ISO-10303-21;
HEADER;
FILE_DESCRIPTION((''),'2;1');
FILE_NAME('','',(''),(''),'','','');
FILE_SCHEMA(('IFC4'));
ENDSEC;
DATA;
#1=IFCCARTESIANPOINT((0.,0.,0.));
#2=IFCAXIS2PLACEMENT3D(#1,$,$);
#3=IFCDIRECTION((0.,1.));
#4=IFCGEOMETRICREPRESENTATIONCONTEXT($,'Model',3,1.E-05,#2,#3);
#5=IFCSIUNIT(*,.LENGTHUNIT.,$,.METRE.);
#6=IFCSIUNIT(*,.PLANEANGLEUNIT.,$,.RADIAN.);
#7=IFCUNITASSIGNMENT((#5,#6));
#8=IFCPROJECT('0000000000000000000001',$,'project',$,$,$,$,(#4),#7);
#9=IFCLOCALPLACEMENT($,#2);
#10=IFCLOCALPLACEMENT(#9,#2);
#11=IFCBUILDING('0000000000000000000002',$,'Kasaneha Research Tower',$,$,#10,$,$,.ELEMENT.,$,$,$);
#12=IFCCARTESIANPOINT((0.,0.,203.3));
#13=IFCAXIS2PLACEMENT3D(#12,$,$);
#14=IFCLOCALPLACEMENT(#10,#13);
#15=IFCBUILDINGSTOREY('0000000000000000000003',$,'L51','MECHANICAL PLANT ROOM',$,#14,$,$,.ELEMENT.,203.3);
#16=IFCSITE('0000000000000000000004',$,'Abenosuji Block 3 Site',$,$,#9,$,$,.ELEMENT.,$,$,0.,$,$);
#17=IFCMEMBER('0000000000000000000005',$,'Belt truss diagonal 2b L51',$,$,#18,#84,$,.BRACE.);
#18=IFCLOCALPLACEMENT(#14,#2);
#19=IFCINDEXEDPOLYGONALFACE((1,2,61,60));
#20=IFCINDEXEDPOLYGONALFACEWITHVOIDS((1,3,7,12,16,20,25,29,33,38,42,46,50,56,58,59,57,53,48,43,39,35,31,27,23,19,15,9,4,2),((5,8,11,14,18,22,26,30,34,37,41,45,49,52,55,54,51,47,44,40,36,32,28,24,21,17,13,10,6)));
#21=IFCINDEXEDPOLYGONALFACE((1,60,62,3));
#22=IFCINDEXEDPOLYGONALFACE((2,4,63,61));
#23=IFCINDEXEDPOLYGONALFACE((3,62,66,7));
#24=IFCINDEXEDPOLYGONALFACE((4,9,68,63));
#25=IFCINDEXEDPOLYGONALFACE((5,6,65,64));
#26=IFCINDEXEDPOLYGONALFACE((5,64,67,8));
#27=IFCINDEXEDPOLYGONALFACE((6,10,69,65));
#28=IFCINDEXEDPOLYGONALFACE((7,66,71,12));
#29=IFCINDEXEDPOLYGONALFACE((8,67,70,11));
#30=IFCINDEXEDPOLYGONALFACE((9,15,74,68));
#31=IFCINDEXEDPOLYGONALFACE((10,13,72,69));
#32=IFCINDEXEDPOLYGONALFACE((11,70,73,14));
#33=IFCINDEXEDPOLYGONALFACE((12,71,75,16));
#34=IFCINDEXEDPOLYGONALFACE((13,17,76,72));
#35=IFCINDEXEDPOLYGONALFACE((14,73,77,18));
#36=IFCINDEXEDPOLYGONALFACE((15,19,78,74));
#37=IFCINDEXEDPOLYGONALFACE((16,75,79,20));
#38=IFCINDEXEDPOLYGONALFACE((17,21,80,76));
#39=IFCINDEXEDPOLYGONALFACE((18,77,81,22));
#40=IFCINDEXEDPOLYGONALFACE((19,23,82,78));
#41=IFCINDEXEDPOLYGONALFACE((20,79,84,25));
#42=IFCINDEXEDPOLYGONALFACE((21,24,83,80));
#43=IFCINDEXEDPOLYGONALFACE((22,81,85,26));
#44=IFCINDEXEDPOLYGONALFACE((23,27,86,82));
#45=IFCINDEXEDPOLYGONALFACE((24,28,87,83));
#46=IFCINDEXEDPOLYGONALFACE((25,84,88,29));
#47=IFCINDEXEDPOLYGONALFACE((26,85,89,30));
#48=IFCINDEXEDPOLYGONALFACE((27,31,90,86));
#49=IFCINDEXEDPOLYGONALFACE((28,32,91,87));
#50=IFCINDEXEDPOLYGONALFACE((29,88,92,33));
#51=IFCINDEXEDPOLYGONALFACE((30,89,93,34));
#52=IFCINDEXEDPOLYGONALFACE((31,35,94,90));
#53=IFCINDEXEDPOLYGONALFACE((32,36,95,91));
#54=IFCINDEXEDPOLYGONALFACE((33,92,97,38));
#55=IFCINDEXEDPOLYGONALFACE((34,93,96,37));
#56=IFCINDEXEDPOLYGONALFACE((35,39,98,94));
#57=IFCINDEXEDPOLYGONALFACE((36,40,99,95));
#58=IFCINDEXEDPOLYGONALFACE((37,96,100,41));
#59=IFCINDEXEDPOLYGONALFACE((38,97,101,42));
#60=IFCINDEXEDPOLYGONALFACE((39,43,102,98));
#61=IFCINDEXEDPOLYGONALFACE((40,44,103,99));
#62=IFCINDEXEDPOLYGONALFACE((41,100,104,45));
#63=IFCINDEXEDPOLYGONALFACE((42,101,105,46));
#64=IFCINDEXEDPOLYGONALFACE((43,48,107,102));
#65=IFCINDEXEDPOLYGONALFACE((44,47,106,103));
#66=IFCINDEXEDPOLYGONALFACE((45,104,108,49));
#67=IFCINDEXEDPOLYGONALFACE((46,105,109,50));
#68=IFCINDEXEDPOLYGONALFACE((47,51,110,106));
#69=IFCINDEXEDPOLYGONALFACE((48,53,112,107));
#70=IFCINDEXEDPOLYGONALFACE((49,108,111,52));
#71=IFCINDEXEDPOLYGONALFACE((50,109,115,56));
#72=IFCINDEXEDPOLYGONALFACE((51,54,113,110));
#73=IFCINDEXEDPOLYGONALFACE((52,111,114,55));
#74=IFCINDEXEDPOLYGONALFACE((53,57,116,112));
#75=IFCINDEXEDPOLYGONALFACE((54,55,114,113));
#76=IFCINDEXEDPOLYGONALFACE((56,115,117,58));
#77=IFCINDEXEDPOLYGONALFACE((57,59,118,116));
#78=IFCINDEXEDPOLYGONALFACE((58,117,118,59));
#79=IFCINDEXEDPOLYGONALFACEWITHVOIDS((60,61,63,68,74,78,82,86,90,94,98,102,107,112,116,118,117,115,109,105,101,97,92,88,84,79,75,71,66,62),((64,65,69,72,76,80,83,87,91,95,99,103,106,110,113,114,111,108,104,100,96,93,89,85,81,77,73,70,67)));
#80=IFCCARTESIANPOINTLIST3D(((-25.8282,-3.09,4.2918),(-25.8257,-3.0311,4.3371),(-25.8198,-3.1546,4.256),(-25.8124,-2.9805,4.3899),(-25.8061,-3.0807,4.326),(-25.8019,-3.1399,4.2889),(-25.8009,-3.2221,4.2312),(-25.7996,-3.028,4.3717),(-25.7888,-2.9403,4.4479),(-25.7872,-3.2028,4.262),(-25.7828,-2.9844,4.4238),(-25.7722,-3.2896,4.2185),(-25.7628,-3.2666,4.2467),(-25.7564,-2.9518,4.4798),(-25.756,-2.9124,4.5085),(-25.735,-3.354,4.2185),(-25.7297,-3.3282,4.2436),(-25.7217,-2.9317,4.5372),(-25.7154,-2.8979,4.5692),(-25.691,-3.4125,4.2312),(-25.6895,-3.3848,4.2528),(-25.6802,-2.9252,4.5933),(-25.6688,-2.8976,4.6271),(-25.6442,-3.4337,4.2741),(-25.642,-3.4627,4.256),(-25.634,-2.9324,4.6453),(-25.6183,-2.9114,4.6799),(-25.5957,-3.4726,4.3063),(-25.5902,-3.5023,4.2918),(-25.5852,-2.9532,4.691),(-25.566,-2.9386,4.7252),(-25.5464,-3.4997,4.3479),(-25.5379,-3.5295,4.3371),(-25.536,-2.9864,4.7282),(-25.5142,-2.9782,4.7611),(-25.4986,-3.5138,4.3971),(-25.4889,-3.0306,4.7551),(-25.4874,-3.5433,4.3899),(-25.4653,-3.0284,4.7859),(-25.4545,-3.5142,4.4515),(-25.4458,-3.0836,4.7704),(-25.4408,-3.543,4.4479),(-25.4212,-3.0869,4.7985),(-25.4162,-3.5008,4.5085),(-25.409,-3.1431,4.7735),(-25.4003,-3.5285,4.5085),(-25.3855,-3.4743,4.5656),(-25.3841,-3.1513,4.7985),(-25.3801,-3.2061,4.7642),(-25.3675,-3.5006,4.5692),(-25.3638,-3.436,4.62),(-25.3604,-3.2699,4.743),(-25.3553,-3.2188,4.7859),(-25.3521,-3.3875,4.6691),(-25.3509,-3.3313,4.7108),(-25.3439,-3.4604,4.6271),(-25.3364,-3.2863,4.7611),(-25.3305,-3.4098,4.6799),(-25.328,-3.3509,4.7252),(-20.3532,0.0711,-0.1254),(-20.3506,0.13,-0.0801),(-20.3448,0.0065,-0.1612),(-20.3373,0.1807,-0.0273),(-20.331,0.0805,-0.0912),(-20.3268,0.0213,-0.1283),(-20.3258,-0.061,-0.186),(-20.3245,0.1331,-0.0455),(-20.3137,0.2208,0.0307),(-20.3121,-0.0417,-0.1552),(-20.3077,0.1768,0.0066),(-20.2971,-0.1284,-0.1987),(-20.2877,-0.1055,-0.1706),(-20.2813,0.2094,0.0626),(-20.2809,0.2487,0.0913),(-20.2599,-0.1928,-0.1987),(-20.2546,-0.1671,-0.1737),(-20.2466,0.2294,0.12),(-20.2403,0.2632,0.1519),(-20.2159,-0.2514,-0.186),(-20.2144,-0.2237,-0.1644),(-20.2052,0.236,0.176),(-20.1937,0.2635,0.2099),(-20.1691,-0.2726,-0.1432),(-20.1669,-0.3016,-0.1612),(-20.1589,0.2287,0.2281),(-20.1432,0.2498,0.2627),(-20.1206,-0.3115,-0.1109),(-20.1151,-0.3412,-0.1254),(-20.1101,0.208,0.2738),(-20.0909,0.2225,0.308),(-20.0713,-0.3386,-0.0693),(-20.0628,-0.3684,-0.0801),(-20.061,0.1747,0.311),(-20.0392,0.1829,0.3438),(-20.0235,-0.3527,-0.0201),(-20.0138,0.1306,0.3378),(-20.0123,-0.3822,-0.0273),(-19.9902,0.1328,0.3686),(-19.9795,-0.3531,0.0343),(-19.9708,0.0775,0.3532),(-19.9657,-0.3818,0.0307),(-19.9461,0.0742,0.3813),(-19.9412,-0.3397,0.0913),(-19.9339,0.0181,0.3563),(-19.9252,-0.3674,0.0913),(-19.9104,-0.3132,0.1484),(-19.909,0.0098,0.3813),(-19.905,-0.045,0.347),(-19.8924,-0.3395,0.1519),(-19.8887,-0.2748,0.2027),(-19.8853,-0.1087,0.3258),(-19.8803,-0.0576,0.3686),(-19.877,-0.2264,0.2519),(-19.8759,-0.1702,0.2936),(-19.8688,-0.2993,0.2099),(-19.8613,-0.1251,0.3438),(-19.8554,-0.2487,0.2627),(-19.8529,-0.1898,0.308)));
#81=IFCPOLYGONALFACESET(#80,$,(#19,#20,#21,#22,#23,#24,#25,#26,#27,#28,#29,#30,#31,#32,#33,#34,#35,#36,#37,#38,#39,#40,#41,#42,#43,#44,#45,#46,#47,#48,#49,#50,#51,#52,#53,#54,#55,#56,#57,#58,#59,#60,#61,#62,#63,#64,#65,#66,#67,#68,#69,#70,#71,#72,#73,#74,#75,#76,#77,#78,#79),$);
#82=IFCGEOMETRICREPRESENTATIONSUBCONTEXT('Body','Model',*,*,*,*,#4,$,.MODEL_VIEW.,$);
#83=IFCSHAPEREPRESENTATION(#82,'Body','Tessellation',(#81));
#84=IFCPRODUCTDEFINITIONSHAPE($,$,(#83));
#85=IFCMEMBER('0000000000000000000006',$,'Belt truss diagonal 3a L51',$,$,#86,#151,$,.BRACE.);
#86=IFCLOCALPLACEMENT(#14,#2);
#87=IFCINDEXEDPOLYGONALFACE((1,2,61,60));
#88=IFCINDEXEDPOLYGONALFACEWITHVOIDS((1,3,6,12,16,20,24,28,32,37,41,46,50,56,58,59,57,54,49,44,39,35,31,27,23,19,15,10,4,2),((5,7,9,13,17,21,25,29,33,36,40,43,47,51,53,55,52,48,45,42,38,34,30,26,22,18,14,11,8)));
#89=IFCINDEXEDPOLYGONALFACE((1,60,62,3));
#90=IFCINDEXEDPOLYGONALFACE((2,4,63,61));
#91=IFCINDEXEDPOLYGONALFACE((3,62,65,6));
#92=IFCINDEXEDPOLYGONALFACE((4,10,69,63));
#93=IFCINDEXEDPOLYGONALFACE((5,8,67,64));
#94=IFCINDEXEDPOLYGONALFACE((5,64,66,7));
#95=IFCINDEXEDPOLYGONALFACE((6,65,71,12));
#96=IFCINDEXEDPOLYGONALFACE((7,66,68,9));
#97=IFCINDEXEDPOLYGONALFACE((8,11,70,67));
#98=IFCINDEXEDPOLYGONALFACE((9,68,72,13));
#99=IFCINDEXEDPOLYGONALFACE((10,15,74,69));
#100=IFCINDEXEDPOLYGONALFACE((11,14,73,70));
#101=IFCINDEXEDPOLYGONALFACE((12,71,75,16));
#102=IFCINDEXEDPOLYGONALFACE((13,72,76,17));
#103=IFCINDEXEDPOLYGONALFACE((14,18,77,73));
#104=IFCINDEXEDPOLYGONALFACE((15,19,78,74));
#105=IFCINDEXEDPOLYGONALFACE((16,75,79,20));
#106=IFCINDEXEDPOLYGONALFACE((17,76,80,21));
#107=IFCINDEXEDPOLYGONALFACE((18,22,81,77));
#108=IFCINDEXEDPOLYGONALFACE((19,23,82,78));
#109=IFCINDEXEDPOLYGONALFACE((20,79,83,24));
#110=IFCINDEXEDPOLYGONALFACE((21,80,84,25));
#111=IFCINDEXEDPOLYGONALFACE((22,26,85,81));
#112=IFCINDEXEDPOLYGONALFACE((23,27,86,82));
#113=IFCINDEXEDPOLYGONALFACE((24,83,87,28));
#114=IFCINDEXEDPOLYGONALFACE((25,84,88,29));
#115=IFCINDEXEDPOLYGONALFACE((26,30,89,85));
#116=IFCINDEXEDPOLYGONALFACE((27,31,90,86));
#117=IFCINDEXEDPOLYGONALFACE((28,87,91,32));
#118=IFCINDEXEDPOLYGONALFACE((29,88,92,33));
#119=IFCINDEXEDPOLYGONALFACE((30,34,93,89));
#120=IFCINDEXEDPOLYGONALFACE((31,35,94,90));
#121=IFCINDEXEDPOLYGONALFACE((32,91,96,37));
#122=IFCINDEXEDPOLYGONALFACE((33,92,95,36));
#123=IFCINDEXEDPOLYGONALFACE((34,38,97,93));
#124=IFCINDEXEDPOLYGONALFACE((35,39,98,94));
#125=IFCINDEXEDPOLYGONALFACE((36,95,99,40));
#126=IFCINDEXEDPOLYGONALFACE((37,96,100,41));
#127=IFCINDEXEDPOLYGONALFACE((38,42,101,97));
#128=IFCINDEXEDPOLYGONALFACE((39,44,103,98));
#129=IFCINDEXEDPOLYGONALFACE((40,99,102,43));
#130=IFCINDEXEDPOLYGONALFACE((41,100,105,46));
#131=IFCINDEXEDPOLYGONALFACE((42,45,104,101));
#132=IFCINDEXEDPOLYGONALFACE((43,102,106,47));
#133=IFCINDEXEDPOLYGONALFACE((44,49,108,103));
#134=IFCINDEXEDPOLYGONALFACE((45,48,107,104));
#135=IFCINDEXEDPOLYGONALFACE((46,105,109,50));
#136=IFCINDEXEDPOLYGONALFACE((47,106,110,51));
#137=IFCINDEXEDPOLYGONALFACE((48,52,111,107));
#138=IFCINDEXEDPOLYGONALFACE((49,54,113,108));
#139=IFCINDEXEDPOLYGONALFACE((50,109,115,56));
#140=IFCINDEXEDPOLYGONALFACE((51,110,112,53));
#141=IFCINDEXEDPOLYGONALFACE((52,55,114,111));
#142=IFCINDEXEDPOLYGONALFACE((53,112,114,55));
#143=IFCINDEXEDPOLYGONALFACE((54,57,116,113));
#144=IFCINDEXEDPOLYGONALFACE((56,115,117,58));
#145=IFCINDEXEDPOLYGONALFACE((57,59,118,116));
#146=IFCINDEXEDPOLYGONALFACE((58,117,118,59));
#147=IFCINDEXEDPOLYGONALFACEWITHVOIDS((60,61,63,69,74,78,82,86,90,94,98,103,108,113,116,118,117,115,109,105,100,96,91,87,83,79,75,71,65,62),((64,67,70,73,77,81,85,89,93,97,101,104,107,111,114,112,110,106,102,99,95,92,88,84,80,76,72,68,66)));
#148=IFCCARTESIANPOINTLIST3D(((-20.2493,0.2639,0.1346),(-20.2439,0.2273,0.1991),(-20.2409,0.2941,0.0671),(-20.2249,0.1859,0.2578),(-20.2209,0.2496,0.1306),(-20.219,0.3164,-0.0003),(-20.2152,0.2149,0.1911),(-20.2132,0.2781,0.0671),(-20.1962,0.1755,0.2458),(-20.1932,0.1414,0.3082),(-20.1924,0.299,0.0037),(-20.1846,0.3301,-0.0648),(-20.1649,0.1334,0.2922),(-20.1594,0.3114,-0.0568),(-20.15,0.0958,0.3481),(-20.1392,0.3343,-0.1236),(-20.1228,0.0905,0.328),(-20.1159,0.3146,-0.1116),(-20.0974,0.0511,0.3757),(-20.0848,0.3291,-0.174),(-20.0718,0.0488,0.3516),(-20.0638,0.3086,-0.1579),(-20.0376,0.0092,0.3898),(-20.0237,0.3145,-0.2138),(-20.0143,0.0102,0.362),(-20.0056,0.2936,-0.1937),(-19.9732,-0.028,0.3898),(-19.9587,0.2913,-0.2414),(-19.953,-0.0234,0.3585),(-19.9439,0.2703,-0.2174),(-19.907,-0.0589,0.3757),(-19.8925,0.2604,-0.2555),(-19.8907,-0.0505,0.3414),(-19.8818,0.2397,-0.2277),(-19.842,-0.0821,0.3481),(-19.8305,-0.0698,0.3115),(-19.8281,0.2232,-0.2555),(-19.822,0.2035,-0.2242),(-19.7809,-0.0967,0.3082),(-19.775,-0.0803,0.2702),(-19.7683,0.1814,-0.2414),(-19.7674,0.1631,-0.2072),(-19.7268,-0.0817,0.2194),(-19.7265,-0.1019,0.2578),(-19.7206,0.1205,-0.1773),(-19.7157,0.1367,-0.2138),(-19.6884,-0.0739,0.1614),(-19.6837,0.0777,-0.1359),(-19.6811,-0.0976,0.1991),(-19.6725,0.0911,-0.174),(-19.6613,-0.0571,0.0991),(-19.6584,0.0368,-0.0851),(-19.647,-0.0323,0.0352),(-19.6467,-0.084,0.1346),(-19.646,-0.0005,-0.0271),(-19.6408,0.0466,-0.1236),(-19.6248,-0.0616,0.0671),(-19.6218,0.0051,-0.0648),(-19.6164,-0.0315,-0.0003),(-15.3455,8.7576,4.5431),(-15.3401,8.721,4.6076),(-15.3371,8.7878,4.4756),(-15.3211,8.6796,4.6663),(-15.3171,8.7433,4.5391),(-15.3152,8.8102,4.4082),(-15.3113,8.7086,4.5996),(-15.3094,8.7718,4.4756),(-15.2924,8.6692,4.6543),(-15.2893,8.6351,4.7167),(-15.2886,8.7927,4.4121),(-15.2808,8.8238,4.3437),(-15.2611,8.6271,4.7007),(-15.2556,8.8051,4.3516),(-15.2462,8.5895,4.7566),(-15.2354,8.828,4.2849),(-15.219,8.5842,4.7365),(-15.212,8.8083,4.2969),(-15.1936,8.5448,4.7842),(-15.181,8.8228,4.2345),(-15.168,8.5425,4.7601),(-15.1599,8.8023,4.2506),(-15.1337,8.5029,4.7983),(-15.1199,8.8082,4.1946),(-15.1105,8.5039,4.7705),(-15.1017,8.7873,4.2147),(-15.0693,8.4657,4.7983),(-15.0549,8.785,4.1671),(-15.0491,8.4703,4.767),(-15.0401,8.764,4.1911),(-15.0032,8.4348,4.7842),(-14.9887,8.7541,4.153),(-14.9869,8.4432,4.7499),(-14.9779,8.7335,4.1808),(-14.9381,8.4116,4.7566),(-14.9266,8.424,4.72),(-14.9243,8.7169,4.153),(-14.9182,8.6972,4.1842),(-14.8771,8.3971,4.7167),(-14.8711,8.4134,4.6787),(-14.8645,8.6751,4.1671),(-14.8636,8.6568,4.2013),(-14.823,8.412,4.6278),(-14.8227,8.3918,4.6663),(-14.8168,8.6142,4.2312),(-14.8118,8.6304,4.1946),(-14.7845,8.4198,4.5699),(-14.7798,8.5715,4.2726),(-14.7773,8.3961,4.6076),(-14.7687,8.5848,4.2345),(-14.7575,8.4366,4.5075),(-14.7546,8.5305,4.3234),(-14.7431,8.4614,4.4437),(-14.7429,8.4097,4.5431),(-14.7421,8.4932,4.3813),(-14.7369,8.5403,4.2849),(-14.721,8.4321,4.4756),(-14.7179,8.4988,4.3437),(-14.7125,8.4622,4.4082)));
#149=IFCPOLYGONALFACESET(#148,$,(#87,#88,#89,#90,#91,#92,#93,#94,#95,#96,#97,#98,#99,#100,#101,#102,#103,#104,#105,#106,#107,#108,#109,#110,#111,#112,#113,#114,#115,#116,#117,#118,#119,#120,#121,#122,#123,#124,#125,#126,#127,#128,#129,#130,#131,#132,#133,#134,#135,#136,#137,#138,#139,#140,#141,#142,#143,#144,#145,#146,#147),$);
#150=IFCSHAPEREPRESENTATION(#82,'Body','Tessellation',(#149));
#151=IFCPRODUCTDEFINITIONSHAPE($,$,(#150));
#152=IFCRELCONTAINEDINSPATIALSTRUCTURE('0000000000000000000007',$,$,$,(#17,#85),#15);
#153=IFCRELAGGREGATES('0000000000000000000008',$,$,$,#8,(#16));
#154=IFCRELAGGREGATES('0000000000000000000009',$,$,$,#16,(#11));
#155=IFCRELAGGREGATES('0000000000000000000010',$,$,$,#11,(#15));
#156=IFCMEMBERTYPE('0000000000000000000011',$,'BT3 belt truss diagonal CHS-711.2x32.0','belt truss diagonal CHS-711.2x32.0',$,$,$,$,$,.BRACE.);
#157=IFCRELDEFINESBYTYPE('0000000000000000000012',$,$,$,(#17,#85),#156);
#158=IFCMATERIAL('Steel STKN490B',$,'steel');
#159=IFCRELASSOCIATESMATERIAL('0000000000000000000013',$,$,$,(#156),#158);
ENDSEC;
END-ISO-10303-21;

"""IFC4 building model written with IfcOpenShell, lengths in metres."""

from ifc_helpers import new_model, si_unit, direction, frame, origin, origin_2d, place, context, subcontext, project, spatial, hollow_circle, extrude, material, material_profile, profile_set, type_object, element, save


model = new_model("IFC4")

# Units and contexts
model_context = context("Model", 3, precision=1e-05, world=origin(), true_north=direction((0.0, 1.0)))
body_context = subcontext(model_context, "Body", "Model", "MODEL_VIEW")
ifc_project = project(units=[si_unit("LENGTHUNIT", "METRE"), si_unit("PLANEANGLEUNIT", "RADIAN")], contexts=[model_context])

# Site, building, storey
site_placement = place(None, origin())
site = spatial("IfcSite", under=ifc_project, at=site_placement, Name="Abenosuji Block 3 Site", CompositionType="ELEMENT", RefElevation=0.0)
building_placement = place(site_placement, origin())
building = spatial("IfcBuilding", under=site, at=building_placement, Name="Kasaneha Research Tower", CompositionType="ELEMENT")
storey_placement = place(building_placement, frame((0.0, 0.0, 203.3)))
storey = spatial("IfcBuildingStorey", under=building, at=storey_placement, Name="L51", Description="MECHANICAL PLANT ROOM", CompositionType="ELEMENT", Elevation=203.3)

# Members
ifc_material_1 = material(Name="Steel STKN490B", Category="steel")
ifc_material_profile_1 = material_profile(ifc_material_1, hollow_circle(Radius=0.3557, WallThickness=0.032, at=origin_2d()), Name="CHS-711.2x32.0")
ifc_profile_set_1 = profile_set([ifc_material_profile_1], Name="Steel STKN490B")
member_type = type_object("IfcMemberType", Name="BT3 belt truss diagonal CHS-711.2x32.0", Description="belt truss diagonal CHS-711.2x32.0", PredefinedType="BRACE", material=ifc_profile_set_1)
member_1_placement = place(storey_placement, frame((-20.103, -0.0593, 0.0913), z_axis=(-0.709907, -0.409876, 0.572743), x_axis=(0.50001, -0.86602, 0.0)))
element("IfcMember", 1, at=member_1_placement, inside=storey, type_object=member_type, Name="Belt truss diagonal 2b L51", PredefinedType="BRACE", context=body_context, shape_type="SweptSolid", body=[
    extrude(hollow_circle(Radius=0.3557, WallThickness=0.032, at=origin_2d()), origin(), (0.0, 0.0, 1.0), 7.7124),
])
member_2_placement = place(storey_placement, frame((-19.9329, 0.1162, 0.0671), z_axis=(0.456047, 0.789897, 0.409979), x_axis=(-0.866026, 0.5, 0.0)))
element("IfcMember", 2, at=member_2_placement, inside=storey, type_object=member_type, Name="Belt truss diagonal 3a L51", PredefinedType="BRACE", context=body_context, shape_type="SweptSolid", body=[
    extrude(hollow_circle(Radius=0.3557, WallThickness=0.032, at=origin_2d()), origin(), (0.0, 0.0, 1.0), 10.7529),
])

save(model, "model.ifc")
